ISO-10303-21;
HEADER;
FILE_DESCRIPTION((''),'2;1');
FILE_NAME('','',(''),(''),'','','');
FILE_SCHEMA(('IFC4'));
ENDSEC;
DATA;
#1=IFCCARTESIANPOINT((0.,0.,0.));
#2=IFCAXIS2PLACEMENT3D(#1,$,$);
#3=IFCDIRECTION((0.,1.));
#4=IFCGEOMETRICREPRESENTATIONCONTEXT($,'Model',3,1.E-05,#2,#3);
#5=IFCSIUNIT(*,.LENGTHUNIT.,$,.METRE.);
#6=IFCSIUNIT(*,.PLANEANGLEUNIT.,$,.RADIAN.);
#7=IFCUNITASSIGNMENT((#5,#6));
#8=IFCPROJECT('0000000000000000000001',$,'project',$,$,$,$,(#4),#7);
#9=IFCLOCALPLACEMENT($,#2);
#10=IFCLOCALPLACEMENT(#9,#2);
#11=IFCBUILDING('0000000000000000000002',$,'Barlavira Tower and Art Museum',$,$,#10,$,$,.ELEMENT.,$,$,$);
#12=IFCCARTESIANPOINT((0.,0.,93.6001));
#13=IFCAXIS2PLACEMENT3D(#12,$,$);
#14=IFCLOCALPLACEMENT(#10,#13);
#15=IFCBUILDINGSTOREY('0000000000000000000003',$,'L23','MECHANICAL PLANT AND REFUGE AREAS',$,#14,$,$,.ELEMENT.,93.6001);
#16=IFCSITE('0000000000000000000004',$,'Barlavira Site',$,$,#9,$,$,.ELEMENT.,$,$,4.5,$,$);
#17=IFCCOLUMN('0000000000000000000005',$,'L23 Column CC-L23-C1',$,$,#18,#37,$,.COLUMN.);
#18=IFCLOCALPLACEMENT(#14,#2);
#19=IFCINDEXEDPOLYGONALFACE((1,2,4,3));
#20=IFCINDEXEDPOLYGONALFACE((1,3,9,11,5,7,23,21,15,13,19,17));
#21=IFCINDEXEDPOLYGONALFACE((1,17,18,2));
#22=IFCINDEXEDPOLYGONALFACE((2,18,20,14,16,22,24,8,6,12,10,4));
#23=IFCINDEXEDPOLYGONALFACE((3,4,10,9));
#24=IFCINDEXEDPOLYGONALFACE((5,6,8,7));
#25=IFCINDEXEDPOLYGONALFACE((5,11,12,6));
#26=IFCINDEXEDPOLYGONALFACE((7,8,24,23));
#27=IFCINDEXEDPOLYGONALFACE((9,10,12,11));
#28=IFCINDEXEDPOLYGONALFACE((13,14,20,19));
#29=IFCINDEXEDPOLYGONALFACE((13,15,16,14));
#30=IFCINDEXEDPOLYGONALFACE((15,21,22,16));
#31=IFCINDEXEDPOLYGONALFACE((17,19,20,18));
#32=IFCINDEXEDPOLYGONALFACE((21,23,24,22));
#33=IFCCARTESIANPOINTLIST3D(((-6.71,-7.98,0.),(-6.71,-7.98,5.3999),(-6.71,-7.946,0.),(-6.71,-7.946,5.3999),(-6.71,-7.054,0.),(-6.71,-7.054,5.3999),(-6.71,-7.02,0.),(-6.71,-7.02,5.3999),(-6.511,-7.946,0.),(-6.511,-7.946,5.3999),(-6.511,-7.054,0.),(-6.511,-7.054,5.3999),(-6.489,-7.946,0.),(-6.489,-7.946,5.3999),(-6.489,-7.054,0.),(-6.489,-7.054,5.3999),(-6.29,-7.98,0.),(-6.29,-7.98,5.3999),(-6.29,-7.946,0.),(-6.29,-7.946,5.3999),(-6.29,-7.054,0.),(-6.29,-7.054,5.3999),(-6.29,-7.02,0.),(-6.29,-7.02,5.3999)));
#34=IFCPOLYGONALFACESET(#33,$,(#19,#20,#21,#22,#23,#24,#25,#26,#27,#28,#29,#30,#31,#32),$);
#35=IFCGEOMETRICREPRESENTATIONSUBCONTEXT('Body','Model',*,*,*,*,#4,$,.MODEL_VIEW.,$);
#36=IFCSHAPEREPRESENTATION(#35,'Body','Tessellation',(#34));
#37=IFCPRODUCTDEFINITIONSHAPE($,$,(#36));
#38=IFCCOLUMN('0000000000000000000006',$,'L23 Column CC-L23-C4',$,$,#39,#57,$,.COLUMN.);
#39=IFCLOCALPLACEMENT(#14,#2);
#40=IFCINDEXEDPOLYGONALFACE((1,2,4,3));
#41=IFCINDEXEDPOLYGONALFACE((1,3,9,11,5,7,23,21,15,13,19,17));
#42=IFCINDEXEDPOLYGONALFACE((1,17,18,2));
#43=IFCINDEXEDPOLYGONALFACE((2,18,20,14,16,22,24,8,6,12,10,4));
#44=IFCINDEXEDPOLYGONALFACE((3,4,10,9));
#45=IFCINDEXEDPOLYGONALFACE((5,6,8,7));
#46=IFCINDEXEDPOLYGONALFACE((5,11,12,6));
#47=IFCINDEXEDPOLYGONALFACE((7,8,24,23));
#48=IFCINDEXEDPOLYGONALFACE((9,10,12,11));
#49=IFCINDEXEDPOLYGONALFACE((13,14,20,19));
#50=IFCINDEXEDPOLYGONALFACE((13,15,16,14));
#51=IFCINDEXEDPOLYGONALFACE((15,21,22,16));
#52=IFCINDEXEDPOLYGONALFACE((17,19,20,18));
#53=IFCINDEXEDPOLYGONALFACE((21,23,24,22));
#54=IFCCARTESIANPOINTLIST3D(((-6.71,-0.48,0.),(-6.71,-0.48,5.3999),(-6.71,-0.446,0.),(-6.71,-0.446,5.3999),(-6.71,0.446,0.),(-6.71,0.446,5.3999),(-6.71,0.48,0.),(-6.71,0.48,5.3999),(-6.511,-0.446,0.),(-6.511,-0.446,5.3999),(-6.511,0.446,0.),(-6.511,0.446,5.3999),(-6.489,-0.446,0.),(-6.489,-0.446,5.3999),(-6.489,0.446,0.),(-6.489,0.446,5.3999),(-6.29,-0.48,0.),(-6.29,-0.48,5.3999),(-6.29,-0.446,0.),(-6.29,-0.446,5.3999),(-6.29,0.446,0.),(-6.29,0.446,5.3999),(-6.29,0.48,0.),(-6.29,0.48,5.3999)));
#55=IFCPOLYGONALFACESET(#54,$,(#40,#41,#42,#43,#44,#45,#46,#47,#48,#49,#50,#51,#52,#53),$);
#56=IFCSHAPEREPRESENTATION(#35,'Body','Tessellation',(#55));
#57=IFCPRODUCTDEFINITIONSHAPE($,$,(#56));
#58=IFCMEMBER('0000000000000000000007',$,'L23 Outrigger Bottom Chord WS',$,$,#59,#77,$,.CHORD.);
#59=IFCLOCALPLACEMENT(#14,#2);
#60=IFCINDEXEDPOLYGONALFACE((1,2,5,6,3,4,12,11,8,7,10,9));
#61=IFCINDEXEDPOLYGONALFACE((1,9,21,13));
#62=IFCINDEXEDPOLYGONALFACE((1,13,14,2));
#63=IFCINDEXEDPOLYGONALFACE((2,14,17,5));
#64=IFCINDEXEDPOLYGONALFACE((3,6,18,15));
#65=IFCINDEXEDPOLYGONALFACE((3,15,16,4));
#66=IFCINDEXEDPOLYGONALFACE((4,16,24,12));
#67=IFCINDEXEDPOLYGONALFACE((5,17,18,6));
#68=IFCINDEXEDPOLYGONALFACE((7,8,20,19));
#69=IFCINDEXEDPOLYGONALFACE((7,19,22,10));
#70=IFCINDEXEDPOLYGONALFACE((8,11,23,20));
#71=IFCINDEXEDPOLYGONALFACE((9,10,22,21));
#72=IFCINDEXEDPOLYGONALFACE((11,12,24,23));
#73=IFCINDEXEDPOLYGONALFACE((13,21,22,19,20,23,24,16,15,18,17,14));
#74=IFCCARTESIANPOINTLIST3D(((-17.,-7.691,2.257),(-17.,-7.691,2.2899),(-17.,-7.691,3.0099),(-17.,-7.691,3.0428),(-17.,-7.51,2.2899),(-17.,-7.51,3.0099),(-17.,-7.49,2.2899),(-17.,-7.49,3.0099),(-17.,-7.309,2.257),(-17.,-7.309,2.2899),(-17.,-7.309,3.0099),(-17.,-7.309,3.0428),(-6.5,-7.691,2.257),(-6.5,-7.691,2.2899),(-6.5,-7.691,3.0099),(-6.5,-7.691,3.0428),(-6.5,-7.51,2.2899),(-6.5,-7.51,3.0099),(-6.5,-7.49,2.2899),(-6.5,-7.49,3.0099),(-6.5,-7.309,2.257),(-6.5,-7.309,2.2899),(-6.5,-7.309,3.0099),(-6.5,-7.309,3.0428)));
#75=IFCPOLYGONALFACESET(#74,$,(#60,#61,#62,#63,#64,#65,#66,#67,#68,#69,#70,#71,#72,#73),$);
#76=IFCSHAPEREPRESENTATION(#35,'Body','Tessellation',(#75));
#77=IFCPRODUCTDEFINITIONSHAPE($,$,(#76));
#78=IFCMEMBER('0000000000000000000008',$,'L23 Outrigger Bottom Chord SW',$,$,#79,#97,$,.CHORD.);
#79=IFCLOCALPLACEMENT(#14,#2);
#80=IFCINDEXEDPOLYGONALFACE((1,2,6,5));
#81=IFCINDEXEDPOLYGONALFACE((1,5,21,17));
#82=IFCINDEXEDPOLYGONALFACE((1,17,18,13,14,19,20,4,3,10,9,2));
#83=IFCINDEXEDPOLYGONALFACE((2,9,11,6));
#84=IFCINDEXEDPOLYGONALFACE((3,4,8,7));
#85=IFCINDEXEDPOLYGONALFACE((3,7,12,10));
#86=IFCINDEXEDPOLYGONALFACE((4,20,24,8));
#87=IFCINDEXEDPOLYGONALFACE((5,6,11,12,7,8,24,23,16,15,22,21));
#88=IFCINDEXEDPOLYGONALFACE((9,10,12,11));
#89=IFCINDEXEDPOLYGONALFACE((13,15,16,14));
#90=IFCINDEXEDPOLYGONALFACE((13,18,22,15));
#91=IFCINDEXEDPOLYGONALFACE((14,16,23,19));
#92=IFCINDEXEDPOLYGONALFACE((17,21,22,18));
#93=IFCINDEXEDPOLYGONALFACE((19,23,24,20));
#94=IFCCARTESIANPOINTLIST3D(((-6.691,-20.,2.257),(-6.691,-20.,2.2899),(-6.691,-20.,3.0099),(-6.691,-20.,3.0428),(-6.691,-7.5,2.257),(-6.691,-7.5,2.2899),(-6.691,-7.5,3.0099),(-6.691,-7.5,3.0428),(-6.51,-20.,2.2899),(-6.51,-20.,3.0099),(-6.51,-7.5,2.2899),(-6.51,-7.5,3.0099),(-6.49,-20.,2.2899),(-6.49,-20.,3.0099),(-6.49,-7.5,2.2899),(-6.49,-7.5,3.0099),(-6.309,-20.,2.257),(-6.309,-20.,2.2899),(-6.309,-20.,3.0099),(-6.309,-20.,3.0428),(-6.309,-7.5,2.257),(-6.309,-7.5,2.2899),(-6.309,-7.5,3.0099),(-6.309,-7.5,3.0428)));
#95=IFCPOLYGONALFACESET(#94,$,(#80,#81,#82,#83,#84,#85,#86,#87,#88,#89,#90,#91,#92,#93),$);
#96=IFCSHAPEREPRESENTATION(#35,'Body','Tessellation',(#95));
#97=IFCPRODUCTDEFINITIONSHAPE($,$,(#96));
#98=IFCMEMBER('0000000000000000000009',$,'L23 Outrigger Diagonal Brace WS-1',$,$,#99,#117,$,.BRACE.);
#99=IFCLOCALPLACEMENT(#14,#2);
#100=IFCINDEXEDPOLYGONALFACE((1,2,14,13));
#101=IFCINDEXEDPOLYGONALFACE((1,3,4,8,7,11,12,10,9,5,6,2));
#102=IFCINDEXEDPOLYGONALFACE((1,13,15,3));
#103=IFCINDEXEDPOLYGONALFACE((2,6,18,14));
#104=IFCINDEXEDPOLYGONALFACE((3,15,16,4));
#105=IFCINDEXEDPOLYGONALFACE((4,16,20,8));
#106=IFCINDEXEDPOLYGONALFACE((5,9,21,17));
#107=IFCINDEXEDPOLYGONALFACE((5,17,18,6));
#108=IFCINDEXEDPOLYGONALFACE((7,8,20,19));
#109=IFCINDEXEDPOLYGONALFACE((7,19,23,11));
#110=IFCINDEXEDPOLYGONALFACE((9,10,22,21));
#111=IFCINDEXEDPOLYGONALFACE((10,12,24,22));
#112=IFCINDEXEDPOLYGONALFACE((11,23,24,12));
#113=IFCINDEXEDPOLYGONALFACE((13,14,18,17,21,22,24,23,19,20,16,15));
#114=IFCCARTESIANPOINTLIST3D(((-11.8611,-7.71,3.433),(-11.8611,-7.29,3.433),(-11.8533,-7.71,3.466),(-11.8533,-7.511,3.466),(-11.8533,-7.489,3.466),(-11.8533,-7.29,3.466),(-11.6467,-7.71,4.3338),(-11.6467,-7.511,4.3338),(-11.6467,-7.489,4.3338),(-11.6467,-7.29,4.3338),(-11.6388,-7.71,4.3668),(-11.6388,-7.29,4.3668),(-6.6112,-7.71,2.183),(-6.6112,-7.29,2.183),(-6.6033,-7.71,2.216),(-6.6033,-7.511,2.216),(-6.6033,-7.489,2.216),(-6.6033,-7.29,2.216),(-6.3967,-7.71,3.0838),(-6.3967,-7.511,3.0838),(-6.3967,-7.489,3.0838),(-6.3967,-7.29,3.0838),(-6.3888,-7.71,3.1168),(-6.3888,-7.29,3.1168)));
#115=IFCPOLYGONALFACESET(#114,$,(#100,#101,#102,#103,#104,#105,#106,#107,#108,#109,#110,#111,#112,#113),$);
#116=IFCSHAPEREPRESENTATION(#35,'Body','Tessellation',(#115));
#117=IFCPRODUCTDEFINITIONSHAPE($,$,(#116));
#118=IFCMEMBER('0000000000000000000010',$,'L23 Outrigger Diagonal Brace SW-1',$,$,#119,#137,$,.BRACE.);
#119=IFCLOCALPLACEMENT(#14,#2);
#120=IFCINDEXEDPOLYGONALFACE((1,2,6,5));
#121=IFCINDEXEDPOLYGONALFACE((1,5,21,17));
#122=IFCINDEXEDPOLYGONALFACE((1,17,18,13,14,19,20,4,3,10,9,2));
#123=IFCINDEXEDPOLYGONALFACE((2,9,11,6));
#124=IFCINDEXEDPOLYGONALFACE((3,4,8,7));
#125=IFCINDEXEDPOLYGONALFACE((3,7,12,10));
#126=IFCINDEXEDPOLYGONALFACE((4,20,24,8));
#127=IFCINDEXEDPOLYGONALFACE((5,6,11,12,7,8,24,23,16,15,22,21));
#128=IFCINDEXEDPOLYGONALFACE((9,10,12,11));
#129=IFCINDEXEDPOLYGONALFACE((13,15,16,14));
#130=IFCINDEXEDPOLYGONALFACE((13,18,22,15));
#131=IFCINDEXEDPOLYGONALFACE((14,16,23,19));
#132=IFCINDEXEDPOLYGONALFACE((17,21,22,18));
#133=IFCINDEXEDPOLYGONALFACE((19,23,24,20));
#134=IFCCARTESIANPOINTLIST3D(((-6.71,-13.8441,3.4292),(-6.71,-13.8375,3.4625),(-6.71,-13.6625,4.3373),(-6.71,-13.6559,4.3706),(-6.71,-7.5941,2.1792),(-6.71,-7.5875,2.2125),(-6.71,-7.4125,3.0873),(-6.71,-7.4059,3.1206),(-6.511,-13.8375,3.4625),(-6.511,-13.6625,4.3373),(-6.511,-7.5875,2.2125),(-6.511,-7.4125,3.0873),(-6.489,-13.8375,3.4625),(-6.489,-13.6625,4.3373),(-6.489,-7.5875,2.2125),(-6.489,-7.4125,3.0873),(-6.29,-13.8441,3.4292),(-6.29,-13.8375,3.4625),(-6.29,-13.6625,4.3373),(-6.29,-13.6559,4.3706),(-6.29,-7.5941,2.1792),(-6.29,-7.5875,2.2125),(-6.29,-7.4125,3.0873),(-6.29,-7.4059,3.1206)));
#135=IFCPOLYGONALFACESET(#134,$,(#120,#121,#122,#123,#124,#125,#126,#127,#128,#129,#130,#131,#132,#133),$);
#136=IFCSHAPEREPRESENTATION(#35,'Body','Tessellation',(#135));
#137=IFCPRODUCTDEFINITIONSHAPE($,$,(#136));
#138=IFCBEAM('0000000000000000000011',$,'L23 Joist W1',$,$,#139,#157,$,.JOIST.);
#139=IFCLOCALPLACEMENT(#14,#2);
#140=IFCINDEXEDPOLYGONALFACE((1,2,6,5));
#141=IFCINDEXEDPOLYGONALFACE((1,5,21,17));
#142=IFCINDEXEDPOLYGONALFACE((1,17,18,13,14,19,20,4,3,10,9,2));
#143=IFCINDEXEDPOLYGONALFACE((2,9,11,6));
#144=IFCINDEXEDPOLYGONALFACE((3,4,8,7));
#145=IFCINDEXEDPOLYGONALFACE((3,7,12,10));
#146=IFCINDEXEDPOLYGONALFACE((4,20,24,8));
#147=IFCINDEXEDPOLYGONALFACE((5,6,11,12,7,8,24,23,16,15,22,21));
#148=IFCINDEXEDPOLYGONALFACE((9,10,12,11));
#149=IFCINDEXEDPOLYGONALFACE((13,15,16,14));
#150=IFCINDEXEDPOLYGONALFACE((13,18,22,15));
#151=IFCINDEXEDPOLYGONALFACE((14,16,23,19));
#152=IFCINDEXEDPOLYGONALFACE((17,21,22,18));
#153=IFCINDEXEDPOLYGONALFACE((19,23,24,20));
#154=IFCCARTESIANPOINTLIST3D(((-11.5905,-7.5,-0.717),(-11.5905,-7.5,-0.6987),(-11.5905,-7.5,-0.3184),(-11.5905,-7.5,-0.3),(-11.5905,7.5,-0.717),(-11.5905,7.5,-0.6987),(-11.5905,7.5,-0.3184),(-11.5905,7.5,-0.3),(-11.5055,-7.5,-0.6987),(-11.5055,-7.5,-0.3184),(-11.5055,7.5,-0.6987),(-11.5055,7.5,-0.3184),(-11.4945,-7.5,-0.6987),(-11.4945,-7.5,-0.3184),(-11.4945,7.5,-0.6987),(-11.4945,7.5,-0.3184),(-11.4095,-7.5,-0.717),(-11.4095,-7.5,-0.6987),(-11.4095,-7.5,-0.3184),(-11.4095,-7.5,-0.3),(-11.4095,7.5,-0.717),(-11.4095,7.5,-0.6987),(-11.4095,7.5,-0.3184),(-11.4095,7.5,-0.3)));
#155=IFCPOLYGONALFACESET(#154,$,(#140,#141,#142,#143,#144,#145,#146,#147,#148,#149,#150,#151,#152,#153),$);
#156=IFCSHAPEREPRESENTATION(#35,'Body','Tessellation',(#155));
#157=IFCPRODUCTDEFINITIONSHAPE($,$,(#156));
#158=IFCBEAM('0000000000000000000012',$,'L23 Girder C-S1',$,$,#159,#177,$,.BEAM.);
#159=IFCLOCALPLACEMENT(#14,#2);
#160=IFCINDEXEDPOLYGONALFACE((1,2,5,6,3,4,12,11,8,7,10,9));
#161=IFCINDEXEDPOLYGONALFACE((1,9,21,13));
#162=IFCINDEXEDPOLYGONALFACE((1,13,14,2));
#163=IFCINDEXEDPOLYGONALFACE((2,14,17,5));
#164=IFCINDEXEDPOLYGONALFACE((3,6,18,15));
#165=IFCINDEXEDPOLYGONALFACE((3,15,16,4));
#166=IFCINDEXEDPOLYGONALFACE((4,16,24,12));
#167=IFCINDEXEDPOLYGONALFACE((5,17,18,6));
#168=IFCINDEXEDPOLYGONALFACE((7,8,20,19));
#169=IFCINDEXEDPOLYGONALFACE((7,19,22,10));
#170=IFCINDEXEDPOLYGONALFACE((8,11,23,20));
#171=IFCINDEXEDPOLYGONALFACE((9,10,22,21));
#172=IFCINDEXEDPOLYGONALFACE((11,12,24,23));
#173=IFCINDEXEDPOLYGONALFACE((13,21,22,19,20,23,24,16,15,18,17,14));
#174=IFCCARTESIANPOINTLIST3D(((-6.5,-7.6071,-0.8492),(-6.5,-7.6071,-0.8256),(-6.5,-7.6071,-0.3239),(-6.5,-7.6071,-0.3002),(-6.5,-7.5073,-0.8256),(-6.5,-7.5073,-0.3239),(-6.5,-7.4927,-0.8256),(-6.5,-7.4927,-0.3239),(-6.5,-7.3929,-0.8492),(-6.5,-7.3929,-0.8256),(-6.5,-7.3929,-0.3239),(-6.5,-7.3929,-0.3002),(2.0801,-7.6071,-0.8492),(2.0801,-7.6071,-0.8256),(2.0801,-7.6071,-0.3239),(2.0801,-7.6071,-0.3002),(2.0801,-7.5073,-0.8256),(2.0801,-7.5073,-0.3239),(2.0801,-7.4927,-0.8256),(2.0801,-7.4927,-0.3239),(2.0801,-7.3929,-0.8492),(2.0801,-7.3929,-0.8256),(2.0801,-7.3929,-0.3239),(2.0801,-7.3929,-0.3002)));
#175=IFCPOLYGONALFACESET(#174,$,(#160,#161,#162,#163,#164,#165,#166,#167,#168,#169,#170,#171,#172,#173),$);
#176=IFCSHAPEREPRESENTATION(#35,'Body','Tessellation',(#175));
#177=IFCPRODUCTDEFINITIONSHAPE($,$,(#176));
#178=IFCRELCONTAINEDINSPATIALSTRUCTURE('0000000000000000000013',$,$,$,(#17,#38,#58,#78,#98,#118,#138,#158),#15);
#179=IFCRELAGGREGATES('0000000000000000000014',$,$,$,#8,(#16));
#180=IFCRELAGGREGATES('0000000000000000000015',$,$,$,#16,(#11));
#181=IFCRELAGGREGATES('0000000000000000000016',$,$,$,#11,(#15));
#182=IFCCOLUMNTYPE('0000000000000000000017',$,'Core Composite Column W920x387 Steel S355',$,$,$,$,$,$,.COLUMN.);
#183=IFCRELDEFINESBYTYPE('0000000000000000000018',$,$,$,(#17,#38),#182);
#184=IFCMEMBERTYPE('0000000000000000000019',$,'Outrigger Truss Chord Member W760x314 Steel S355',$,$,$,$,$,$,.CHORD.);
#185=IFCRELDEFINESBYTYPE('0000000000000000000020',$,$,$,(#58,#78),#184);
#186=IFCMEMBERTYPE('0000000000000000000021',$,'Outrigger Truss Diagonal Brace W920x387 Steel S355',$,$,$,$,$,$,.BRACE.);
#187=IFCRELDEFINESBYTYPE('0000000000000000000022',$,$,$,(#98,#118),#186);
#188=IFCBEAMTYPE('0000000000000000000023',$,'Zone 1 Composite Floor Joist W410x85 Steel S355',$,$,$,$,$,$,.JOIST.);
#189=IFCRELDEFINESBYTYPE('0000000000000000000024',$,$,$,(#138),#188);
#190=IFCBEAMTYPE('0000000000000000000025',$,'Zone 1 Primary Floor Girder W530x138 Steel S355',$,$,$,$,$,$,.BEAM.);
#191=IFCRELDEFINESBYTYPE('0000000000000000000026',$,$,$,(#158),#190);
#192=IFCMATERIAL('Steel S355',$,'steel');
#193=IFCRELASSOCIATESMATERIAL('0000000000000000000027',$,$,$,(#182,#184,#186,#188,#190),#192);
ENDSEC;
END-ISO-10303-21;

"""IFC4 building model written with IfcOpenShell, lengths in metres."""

from ifc_helpers import new_model, si_unit, direction, frame, origin, origin_2d, place, context, subcontext, project, spatial, i_section, extrude, material, material_profile, profile_set, type_object, element, save


model = new_model("IFC4")

# Units and contexts
model_context = context("Model", 3, precision=1e-05, world=origin(), true_north=direction((0.0, 1.0)))
body_context = subcontext(model_context, "Body", "Model", "MODEL_VIEW")
ifc_project = project(units=[si_unit("LENGTHUNIT", "METRE"), si_unit("PLANEANGLEUNIT", "RADIAN")], contexts=[model_context])

# Site, building, storey
site_placement = place(None, origin())
site = spatial("IfcSite", under=ifc_project, at=site_placement, Name="Barlavira Site", CompositionType="ELEMENT", RefElevation=4.5)
building_placement = place(site_placement, origin())
building = spatial("IfcBuilding", under=site, at=building_placement, Name="Barlavira Tower and Art Museum", CompositionType="ELEMENT")
storey_placement = place(building_placement, frame((0.0, 0.0, 93.6001)))
storey = spatial("IfcBuildingStorey", under=building, at=storey_placement, Name="L23", Description="MECHANICAL PLANT AND REFUGE AREAS", CompositionType="ELEMENT", Elevation=93.6001)

# Columns
ifc_material_1 = material(Name="Steel S355", Category="steel")
ifc_material_profile_1 = material_profile(ifc_material_1, i_section(OverallWidth=0.4199, OverallDepth=0.96, WebThickness=0.022, FlangeThickness=0.0339, at=origin_2d()), Name="W920x387.0")
ifc_profile_set_1 = profile_set([ifc_material_profile_1], Name="Steel S355")
column_type = type_object("IfcColumnType", Name="Core Composite Column W920x387 Steel S355", PredefinedType="COLUMN", material=ifc_profile_set_1)
for number, where, z_axis, x_axis, name in (
    (1, (-6.5, -7.5, 0.0), (0.0, 0.0, 1.0), (1.0, 0.0, 0.0), "L23 Column CC-L23-C1"),
    (2, (-6.5, 0.0, 0.0), (0.0, 0.0, 1.0), (1.0, 0.0, 0.0), "L23 Column CC-L23-C4"),
):
    element("IfcColumn", number, at=place(storey_placement, frame(where, z_axis=z_axis, x_axis=x_axis)), inside=storey, type_object=column_type, Name=name, PredefinedType="COLUMN", context=body_context, shape_type="SweptSolid", body=[
        extrude(i_section(OverallWidth=0.4199, OverallDepth=0.96, WebThickness=0.022, FlangeThickness=0.0339, at=origin_2d()), origin(), (0.0, 0.0, 1.0), 5.3999),
    ])

# Members
ifc_material_profile_2 = material_profile(ifc_material_1, i_section(OverallWidth=0.3821, OverallDepth=0.7859, WebThickness=0.02, FlangeThickness=0.033, at=origin_2d()), Name="W760x314.0")
ifc_profile_set_2 = profile_set([ifc_material_profile_2], Name="Steel S355")
member_type_1 = type_object("IfcMemberType", Name="Outrigger Truss Chord Member W760x314 Steel S355", PredefinedType="CHORD", material=ifc_profile_set_2)
member_1_placement = place(storey_placement, frame((-6.5, -7.5, 2.6499), z_axis=(-1.0, 0.0, 0.0), x_axis=(0.0, -1.0, 0.0)))
element("IfcMember", 3, at=member_1_placement, inside=storey, type_object=member_type_1, Name="L23 Outrigger Bottom Chord WS", PredefinedType="CHORD", context=body_context, shape_type="SweptSolid", body=[
    extrude(i_section(OverallWidth=0.3821, OverallDepth=0.7859, WebThickness=0.02, FlangeThickness=0.033, at=origin_2d()), origin(), (0.0, 0.0, 1.0), 10.5),
])
member_2_placement = place(storey_placement, frame((-6.5, -7.5, 2.6499), z_axis=(0.0, -1.0, 0.0), x_axis=(1.0, 0.0, 0.0)))
element("IfcMember", 4, at=member_2_placement, inside=storey, type_object=member_type_1, Name="L23 Outrigger Bottom Chord SW", PredefinedType="CHORD", context=body_context, shape_type="SweptSolid", body=[
    extrude(i_section(OverallWidth=0.3821, OverallDepth=0.7859, WebThickness=0.02, FlangeThickness=0.033, at=origin_2d()), origin(), (0.0, 0.0, 1.0), 12.5),
])
ifc_material_profile_3 = material_profile(ifc_material_1, i_section(OverallWidth=0.4199, OverallDepth=0.96, WebThickness=0.022, FlangeThickness=0.0339, at=origin_2d()), Name="W920x387.0")
ifc_profile_set_3 = profile_set([ifc_material_profile_3], Name="Steel S355")
member_type_2 = type_object("IfcMemberType", Name="Outrigger Truss Diagonal Brace W920x387 Steel S355", PredefinedType="BRACE", material=ifc_profile_set_3)
member_3_placement = place(storey_placement, frame((-6.5, -7.5, 2.6499), z_axis=(-0.972806, 0.0, 0.231621), x_axis=(0.0, -1.0, 0.0)))
element("IfcMember", 5, at=member_3_placement, inside=storey, type_object=member_type_2, Name="L23 Outrigger Diagonal Brace WS-1", PredefinedType="BRACE", context=body_context, shape_type="SweptSolid", body=[
    extrude(i_section(OverallWidth=0.4199, OverallDepth=0.96, WebThickness=0.022, FlangeThickness=0.0339, at=origin_2d()), origin(), (0.0, 0.0, 1.0), 5.3967),
])
member_4_placement = place(storey_placement, frame((-6.5, -7.5, 2.6499), z_axis=(0.0, -0.980581, 0.196116), x_axis=(1.0, 0.0, 0.0)))
element("IfcMember", 6, at=member_4_placement, inside=storey, type_object=member_type_2, Name="L23 Outrigger Diagonal Brace SW-1", PredefinedType="BRACE", context=body_context, shape_type="SweptSolid", body=[
    extrude(i_section(OverallWidth=0.4199, OverallDepth=0.96, WebThickness=0.022, FlangeThickness=0.0339, at=origin_2d()), origin(), (0.0, 0.0, 1.0), 6.3738),
])

# Beams
ifc_material_profile_4 = material_profile(ifc_material_1, i_section(OverallWidth=0.1809, OverallDepth=0.417, WebThickness=0.011, FlangeThickness=0.0183, at=origin_2d()), Name="W410x85.0")
ifc_profile_set_4 = profile_set([ifc_material_profile_4], Name="Steel S355")
beam_type_1 = type_object("IfcBeamType", Name="Zone 1 Composite Floor Joist W410x85 Steel S355", PredefinedType="JOIST", material=ifc_profile_set_4)
beam_1_placement = place(storey_placement, frame((-11.5, -7.5, -0.5085), z_axis=(0.0, 1.0, 0.0), x_axis=(-1.0, 0.0, 0.0)))
element("IfcBeam", 7, at=beam_1_placement, inside=storey, type_object=beam_type_1, Name="L23 Joist W1", PredefinedType="JOIST", context=body_context, shape_type="SweptSolid", body=[
    extrude(i_section(OverallWidth=0.1809, OverallDepth=0.417, WebThickness=0.011, FlangeThickness=0.0183, at=origin_2d()), origin(), (0.0, 0.0, 1.0), 15.0),
])
ifc_material_profile_5 = material_profile(ifc_material_1, i_section(OverallWidth=0.2141, OverallDepth=0.5491, WebThickness=0.0146, FlangeThickness=0.0237, at=origin_2d()), Name="W530x138.0")
ifc_profile_set_5 = profile_set([ifc_material_profile_5], Name="Steel S355")
beam_type_2 = type_object("IfcBeamType", Name="Zone 1 Primary Floor Girder W530x138 Steel S355", PredefinedType="BEAM", material=ifc_profile_set_5)
beam_2_placement = place(storey_placement, frame((-6.5, -7.5, -0.5747), z_axis=(1.0, 0.0, 0.0), x_axis=(0.0, 1.0, 0.0)))
element("IfcBeam", 8, at=beam_2_placement, inside=storey, type_object=beam_type_2, Name="L23 Girder C-S1", PredefinedType="BEAM", context=body_context, shape_type="SweptSolid", body=[
    extrude(i_section(OverallWidth=0.2141, OverallDepth=0.5491, WebThickness=0.0146, FlangeThickness=0.0237, at=origin_2d()), origin(), (0.0, 0.0, 1.0), 8.5801),
])

save(model, "model.ifc")
